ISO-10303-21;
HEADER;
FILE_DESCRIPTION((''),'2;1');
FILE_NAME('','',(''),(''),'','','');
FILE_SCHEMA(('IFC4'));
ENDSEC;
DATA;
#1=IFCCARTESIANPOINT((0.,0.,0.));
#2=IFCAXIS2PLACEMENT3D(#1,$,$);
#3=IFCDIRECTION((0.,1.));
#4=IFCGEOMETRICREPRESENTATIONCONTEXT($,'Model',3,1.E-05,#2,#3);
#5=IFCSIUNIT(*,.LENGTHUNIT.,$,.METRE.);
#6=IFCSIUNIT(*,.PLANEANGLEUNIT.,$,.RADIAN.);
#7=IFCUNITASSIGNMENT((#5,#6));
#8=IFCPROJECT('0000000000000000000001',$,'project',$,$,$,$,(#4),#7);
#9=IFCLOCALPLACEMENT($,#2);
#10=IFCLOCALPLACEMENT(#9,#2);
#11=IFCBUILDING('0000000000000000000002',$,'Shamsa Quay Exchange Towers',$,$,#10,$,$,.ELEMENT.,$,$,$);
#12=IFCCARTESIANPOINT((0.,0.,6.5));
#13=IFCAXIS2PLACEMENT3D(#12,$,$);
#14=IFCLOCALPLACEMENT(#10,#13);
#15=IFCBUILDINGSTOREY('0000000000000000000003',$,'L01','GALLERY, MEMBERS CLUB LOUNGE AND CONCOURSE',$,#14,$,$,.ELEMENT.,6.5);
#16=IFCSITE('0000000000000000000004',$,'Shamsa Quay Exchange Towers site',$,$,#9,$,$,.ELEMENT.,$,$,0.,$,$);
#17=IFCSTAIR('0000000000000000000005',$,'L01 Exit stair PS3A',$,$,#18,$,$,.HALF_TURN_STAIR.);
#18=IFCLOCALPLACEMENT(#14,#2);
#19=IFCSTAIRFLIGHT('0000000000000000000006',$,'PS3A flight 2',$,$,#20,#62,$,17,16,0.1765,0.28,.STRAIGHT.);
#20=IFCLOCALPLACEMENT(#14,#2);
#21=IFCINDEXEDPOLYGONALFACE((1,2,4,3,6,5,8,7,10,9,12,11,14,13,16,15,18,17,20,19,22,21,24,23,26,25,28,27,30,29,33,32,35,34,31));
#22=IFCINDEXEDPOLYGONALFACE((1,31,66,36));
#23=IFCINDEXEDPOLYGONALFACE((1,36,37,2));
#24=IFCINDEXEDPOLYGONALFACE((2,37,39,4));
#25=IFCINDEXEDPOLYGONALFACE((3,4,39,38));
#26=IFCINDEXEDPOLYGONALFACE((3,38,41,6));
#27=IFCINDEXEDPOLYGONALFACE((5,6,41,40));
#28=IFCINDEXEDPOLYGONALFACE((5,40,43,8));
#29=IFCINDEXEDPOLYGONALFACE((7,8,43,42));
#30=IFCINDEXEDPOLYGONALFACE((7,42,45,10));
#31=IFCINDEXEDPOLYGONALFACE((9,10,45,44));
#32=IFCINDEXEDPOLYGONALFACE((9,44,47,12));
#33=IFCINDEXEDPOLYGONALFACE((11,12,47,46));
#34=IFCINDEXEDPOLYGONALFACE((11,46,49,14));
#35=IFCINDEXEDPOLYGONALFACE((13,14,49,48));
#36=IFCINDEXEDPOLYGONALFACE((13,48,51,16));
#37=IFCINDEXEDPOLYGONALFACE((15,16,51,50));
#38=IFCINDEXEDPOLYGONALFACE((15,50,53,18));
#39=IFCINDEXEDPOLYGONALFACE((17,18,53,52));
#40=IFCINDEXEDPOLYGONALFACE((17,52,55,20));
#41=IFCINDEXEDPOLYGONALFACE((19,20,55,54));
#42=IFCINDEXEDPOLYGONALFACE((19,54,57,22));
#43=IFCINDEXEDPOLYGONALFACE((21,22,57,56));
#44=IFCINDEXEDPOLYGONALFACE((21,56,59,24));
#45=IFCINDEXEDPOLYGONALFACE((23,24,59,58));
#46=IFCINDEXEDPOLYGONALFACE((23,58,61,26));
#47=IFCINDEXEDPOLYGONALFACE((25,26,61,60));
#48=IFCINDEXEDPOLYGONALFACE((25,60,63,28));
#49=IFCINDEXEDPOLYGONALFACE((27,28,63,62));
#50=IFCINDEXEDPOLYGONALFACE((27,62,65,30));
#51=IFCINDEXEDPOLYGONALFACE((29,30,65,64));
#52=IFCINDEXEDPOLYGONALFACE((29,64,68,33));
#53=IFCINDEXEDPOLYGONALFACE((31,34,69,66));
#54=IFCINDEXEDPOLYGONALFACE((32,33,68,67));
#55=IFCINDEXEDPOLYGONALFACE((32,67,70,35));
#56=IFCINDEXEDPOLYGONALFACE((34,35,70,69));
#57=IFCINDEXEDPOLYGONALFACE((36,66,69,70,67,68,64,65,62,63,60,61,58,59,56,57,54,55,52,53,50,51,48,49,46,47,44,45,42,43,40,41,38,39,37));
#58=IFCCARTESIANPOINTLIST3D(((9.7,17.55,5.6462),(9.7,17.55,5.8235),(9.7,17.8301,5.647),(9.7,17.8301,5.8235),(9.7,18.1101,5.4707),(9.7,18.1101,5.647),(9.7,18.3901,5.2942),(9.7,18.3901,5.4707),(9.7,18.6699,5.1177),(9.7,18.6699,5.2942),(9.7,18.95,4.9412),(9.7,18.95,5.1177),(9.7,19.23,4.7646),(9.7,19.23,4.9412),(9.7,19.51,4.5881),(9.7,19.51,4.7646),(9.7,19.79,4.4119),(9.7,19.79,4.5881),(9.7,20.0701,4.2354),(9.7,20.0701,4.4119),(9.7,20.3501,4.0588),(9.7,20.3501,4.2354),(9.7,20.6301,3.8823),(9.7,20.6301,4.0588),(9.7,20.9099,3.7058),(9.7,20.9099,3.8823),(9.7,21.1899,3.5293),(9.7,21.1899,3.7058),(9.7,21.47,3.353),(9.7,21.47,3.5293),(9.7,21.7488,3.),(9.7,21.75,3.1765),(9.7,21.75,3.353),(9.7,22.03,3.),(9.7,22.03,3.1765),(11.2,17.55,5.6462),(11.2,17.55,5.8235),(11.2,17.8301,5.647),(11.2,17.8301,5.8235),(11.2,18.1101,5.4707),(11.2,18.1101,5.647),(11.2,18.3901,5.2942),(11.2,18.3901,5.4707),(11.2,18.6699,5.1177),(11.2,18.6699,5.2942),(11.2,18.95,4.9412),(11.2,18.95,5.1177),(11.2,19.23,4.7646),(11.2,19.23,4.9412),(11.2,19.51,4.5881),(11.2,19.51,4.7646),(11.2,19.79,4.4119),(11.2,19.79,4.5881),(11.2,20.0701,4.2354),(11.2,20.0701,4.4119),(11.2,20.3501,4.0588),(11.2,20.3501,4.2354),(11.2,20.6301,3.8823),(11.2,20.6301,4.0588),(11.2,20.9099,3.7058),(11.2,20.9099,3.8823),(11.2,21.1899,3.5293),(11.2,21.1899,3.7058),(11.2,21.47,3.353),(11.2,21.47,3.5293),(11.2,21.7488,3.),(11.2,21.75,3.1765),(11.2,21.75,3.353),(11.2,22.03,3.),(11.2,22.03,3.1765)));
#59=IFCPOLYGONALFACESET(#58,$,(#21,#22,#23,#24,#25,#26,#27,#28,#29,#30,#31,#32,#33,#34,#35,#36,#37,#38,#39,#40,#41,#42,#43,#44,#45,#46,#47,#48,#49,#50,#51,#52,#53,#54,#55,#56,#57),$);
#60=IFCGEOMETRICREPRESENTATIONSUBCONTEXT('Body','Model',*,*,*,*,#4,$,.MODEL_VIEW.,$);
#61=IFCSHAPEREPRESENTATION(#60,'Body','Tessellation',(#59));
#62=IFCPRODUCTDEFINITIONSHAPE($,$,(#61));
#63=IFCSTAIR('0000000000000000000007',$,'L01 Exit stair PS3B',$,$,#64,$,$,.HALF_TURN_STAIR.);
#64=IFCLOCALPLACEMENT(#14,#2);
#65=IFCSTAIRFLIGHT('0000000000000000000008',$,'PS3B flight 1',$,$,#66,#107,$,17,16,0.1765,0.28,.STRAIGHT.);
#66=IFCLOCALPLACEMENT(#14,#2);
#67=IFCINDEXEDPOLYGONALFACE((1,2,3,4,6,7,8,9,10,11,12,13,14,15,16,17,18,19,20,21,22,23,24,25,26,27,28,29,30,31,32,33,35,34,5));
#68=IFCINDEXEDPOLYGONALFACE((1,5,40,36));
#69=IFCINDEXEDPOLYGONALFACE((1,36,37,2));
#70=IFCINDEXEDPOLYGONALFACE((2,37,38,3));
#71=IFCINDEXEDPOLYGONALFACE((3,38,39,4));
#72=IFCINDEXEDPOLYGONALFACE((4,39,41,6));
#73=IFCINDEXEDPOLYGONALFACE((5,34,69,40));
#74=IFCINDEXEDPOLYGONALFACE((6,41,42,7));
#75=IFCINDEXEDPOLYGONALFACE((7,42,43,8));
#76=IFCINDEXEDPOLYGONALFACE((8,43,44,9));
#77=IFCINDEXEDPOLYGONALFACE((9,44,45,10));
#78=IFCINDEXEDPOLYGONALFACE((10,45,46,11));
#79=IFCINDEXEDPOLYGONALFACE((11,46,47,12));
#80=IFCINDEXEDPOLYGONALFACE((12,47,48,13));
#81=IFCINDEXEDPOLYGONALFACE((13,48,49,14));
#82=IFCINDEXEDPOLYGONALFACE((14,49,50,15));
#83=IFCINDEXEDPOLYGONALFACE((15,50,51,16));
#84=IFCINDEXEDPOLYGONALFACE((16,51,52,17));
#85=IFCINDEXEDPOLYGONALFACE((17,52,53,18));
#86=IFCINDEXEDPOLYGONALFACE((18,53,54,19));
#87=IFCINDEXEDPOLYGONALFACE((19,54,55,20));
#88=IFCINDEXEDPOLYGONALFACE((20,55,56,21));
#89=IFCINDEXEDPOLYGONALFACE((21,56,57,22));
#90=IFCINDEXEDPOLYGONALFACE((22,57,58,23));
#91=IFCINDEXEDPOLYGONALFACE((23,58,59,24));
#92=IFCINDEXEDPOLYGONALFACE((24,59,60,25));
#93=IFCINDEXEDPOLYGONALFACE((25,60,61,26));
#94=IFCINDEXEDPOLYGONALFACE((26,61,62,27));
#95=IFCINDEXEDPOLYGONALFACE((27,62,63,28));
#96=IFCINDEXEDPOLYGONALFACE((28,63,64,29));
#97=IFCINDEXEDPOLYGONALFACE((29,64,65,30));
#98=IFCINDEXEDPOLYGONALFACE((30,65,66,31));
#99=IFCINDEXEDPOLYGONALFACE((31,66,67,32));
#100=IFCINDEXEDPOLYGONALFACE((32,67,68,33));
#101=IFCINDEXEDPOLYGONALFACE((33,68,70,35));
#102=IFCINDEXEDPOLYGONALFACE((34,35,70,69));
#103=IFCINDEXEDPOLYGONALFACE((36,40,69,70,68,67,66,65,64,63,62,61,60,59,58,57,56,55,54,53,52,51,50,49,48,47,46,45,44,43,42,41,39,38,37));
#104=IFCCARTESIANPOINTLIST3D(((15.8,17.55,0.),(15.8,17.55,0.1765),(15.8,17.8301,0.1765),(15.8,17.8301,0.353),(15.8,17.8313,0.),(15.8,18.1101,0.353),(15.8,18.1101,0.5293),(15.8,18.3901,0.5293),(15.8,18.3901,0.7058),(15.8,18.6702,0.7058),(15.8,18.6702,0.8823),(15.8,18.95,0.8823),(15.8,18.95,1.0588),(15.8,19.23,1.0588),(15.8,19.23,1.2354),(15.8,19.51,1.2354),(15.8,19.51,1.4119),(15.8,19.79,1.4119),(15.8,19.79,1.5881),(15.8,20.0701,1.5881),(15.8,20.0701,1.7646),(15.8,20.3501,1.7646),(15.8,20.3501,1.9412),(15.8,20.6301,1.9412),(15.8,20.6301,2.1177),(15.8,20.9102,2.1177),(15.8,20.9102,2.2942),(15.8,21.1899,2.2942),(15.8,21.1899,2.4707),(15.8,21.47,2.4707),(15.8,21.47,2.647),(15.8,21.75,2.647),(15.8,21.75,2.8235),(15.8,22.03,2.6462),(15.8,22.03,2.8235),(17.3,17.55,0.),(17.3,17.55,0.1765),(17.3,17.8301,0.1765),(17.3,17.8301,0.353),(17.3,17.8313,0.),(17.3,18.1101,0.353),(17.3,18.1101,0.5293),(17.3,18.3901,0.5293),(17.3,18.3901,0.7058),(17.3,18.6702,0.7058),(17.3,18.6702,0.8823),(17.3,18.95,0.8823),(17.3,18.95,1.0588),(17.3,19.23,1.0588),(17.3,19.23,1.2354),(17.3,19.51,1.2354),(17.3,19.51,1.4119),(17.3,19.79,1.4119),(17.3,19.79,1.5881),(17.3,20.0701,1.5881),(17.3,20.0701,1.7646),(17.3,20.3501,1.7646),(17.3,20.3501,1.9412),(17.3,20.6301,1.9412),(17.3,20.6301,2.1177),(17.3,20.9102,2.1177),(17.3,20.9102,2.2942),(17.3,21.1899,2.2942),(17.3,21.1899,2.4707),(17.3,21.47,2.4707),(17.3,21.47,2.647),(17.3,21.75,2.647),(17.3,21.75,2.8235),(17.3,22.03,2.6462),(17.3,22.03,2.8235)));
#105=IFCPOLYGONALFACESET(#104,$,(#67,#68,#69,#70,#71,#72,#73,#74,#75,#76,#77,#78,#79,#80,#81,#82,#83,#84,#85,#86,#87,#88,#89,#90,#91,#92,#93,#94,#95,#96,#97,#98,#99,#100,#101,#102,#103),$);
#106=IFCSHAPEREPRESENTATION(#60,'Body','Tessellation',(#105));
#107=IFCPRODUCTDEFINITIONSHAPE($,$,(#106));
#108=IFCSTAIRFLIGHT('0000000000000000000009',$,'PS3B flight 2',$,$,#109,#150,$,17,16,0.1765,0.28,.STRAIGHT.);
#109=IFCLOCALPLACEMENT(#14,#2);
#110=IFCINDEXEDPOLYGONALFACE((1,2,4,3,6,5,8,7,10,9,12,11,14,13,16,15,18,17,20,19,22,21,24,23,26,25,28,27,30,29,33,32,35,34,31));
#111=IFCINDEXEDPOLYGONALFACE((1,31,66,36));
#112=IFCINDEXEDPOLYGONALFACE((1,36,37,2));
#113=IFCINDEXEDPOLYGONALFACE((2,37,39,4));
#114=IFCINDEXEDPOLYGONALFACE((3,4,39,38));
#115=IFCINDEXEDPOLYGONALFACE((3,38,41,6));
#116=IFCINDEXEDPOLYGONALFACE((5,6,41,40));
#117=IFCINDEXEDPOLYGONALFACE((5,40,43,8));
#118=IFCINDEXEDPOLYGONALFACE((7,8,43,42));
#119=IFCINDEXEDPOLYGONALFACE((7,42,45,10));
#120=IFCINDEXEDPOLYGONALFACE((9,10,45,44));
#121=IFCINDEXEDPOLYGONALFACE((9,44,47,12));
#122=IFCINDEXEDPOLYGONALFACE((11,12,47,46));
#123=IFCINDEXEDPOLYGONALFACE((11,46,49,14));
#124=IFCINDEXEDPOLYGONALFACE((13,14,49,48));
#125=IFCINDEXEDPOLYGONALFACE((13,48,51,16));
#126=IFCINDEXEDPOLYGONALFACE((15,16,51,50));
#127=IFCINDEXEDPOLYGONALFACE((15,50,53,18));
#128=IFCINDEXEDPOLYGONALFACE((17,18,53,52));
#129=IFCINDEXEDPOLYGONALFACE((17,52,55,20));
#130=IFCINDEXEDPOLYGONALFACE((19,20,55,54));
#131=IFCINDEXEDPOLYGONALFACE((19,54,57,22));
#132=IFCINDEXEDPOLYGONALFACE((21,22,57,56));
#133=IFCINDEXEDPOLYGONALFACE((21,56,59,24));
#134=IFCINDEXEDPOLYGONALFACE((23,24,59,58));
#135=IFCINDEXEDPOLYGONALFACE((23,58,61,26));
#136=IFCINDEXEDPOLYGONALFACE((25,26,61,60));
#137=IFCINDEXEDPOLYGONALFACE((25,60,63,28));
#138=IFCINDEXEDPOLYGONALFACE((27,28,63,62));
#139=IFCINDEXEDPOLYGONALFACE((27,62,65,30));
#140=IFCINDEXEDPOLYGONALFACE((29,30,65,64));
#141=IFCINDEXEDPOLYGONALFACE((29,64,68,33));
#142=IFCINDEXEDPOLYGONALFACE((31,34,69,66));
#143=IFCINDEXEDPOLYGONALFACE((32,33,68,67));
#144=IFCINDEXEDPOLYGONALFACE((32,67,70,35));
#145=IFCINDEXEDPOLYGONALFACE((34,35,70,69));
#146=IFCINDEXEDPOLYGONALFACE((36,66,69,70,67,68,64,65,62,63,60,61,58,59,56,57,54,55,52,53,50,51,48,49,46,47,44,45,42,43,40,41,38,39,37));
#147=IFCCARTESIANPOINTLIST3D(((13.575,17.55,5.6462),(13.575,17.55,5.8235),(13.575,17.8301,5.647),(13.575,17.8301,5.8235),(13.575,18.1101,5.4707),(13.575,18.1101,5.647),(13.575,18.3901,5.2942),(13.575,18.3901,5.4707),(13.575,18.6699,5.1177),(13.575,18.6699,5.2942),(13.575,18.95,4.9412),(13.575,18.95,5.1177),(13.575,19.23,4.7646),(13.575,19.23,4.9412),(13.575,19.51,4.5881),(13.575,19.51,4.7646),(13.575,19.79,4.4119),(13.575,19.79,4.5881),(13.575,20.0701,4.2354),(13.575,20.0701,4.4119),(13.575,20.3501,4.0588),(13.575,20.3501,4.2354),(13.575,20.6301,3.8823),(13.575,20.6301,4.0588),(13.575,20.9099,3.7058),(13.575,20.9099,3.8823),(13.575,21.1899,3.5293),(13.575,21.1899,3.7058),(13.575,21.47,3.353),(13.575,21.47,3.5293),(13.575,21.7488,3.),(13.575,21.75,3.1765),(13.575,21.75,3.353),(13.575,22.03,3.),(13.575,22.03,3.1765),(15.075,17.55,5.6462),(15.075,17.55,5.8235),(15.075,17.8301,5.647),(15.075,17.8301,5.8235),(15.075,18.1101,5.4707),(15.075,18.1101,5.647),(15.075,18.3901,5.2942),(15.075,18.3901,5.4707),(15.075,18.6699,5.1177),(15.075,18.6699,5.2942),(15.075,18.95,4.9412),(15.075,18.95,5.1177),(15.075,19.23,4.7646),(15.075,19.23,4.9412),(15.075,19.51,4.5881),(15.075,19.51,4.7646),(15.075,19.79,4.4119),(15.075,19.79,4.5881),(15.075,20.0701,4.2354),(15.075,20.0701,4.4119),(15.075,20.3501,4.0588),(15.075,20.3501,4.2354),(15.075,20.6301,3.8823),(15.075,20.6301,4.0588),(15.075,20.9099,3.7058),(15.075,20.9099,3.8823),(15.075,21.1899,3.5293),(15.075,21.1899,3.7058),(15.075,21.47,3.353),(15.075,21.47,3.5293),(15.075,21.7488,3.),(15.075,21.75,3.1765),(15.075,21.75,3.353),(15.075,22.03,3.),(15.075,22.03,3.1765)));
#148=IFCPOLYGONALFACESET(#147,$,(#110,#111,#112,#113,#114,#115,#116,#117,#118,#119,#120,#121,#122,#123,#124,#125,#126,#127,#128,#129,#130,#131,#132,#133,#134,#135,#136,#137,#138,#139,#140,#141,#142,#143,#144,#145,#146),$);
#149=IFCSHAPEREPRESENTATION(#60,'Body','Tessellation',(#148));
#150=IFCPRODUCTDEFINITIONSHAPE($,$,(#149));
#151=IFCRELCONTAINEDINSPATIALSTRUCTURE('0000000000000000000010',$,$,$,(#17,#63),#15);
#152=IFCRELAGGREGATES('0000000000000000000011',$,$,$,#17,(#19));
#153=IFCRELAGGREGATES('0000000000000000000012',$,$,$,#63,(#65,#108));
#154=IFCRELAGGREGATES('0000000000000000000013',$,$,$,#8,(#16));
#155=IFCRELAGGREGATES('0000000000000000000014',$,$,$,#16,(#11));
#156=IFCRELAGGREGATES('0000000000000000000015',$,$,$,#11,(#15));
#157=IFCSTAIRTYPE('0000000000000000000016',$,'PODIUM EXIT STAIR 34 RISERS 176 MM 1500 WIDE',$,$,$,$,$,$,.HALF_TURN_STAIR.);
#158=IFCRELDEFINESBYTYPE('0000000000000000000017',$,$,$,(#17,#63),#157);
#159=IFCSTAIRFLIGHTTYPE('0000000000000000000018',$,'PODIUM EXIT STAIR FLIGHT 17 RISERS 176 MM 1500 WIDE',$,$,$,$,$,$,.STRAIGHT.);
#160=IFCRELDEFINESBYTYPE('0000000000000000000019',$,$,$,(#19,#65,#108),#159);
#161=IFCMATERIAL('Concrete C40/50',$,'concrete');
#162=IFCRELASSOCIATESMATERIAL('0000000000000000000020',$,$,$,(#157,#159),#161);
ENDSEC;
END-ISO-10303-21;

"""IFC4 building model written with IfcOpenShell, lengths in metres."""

from ifc_helpers import new_model, si_unit, direction, frame, origin, place, context, subcontext, project, spatial, polyline, outline, extrude, material, type_object, element, aggregate, save


model = new_model("IFC4")

# Units and contexts
model_context = context("Model", 3, precision=1e-05, world=origin(), true_north=direction((0.0, 1.0)))
body_context = subcontext(model_context, "Body", "Model", "MODEL_VIEW")
ifc_project = project(units=[si_unit("LENGTHUNIT", "METRE"), si_unit("PLANEANGLEUNIT", "RADIAN")], contexts=[model_context])

# Site, building, storey
site_placement = place(None, origin())
site = spatial("IfcSite", under=ifc_project, at=site_placement, Name="Shamsa Quay Exchange Towers site", CompositionType="ELEMENT", RefElevation=0.0)
building_placement = place(site_placement, origin())
building = spatial("IfcBuilding", under=site, at=building_placement, Name="Shamsa Quay Exchange Towers", CompositionType="ELEMENT")
storey_placement = place(building_placement, frame((0.0, 0.0, 6.5)))
storey = spatial("IfcBuildingStorey", under=building, at=storey_placement, Name="L01", Description="GALLERY, MEMBERS CLUB LOUNGE AND CONCOURSE", CompositionType="ELEMENT", Elevation=6.5)

# Stairs, stair flights
ifc_material_1 = material(Name="Concrete C40/50", Category="concrete")
stair_type = type_object("IfcStairType", Name="PODIUM EXIT STAIR 34 RISERS 176 MM 1500 WIDE", PredefinedType="HALF_TURN_STAIR", material=ifc_material_1)
stair_1_placement = place(storey_placement, origin())
stair_1 = element("IfcStair", 1, at=stair_1_placement, inside=storey, type_object=stair_type, Name="L01 Exit stair PS3A", PredefinedType="HALF_TURN_STAIR")
stair_flight_type = type_object("IfcStairFlightType", Name="PODIUM EXIT STAIR FLIGHT 17 RISERS 176 MM 1500 WIDE", PredefinedType="STRAIGHT", material=ifc_material_1)
stair_flight_1_placement = place(storey_placement, frame((10.45, 22.03, 3.0), z_axis=(0.0, 0.0, 1.0), x_axis=(0.0, -1.0, 0.0)))
stair_flight_1 = element("IfcStairFlight", 2, at=stair_flight_1_placement, type_object=stair_flight_type, Name="PS3A flight 2", NumberOfRisers=17, NumberOfTreads=16, PredefinedType="STRAIGHT", RiserHeight=0.1765, TreadLength=0.28, context=body_context, shape_type="SweptSolid", body=[
    extrude(outline(polyline([(0.0, 0.0), (0.0, 0.1765), (0.28, 0.1765), (0.28, 0.353), (0.5601, 0.353), (0.5601, 0.5293), (0.8401, 0.5293), (0.8401, 0.7058), (1.1201, 0.7058), (1.1201, 0.8823), (1.3999, 0.8823), (1.3999, 1.0588), (1.6799, 1.0588), (1.6799, 1.2354), (1.96, 1.2354), (1.96, 1.4119), (2.24, 1.4119), (2.24, 1.5881), (2.52, 1.5881), (2.52, 1.7646), (2.8, 1.7646), (2.8, 1.9412), (3.0801, 1.9412), (3.0801, 2.1177), (3.3601, 2.1177), (3.3601, 2.2942), (3.6399, 2.2942), (3.6399, 2.4707), (3.9199, 2.4707), (3.9199, 2.647), (4.2, 2.647), (4.2, 2.8235), (4.48, 2.8235), (4.48, 3.0), (4.48, 2.6462), (0.2812, 0.0), (0.0, 0.0)])), frame((0.0, 0.75, 0.0), z_axis=(0.0, -1.0, 0.0), x_axis=(1.0, 0.0, 0.0)), (0.0, 0.0, 1.0), 1.5),
])
aggregate(stair_1, [stair_flight_1])
stair_2_placement = place(storey_placement, origin())
stair_2 = element("IfcStair", 3, at=stair_2_placement, inside=storey, type_object=stair_type, Name="L01 Exit stair PS3B", PredefinedType="HALF_TURN_STAIR")
stair_flight_2_placement = place(storey_placement, frame((16.55, 17.55, 0.0), z_axis=(0.0, 0.0, 1.0), x_axis=(0.0, 1.0, 0.0)))
stair_flight_2 = element("IfcStairFlight", 4, at=stair_flight_2_placement, type_object=stair_flight_type, Name="PS3B flight 1", NumberOfRisers=17, NumberOfTreads=16, PredefinedType="STRAIGHT", RiserHeight=0.1765, TreadLength=0.28, context=body_context, shape_type="SweptSolid", body=[
    extrude(outline(polyline([(0.0, 0.0), (0.0, 0.1765), (0.28, 0.1765), (0.28, 0.353), (0.5601, 0.353), (0.5601, 0.5293), (0.8401, 0.5293), (0.8401, 0.7058), (1.1201, 0.7058), (1.1201, 0.8823), (1.3999, 0.8823), (1.3999, 1.0588), (1.6799, 1.0588), (1.6799, 1.2354), (1.96, 1.2354), (1.96, 1.4119), (2.24, 1.4119), (2.24, 1.5881), (2.52, 1.5881), (2.52, 1.7646), (2.8, 1.7646), (2.8, 1.9412), (3.0801, 1.9412), (3.0801, 2.1177), (3.3601, 2.1177), (3.3601, 2.2942), (3.6399, 2.2942), (3.6399, 2.4707), (3.9199, 2.4707), (3.9199, 2.647), (4.2, 2.647), (4.2, 2.8235), (4.48, 2.8235), (4.48, 3.0), (4.48, 2.6462), (0.2812, 0.0), (0.0, 0.0)])), frame((0.0, 0.75, 0.0), z_axis=(0.0, -1.0, 0.0), x_axis=(1.0, 0.0, 0.0)), (0.0, 0.0, 1.0), 1.5),
])
stair_flight_3_placement = place(storey_placement, frame((14.325, 22.03, 3.0), z_axis=(0.0, 0.0, 1.0), x_axis=(0.0, -1.0, 0.0)))
stair_flight_3 = element("IfcStairFlight", 5, at=stair_flight_3_placement, type_object=stair_flight_type, Name="PS3B flight 2", NumberOfRisers=17, NumberOfTreads=16, PredefinedType="STRAIGHT", RiserHeight=0.1765, TreadLength=0.28, context=body_context, shape_type="SweptSolid", body=[
    extrude(outline(polyline([(0.0, 0.0), (0.0, 0.1765), (0.28, 0.1765), (0.28, 0.353), (0.5601, 0.353), (0.5601, 0.5293), (0.8401, 0.5293), (0.8401, 0.7058), (1.1201, 0.7058), (1.1201, 0.8823), (1.3999, 0.8823), (1.3999, 1.0588), (1.6799, 1.0588), (1.6799, 1.2354), (1.96, 1.2354), (1.96, 1.4119), (2.24, 1.4119), (2.24, 1.5881), (2.52, 1.5881), (2.52, 1.7646), (2.8, 1.7646), (2.8, 1.9412), (3.0801, 1.9412), (3.0801, 2.1177), (3.3601, 2.1177), (3.3601, 2.2942), (3.6399, 2.2942), (3.6399, 2.4707), (3.9199, 2.4707), (3.9199, 2.647), (4.2, 2.647), (4.2, 2.8235), (4.48, 2.8235), (4.48, 3.0), (4.48, 2.6462), (0.2812, 0.0), (0.0, 0.0)])), frame((0.0, 0.75, 0.0), z_axis=(0.0, -1.0, 0.0), x_axis=(1.0, 0.0, 0.0)), (0.0, 0.0, 1.0), 1.5),
])
aggregate(stair_2, [stair_flight_2, stair_flight_3])

save(model, "model.ifc")
